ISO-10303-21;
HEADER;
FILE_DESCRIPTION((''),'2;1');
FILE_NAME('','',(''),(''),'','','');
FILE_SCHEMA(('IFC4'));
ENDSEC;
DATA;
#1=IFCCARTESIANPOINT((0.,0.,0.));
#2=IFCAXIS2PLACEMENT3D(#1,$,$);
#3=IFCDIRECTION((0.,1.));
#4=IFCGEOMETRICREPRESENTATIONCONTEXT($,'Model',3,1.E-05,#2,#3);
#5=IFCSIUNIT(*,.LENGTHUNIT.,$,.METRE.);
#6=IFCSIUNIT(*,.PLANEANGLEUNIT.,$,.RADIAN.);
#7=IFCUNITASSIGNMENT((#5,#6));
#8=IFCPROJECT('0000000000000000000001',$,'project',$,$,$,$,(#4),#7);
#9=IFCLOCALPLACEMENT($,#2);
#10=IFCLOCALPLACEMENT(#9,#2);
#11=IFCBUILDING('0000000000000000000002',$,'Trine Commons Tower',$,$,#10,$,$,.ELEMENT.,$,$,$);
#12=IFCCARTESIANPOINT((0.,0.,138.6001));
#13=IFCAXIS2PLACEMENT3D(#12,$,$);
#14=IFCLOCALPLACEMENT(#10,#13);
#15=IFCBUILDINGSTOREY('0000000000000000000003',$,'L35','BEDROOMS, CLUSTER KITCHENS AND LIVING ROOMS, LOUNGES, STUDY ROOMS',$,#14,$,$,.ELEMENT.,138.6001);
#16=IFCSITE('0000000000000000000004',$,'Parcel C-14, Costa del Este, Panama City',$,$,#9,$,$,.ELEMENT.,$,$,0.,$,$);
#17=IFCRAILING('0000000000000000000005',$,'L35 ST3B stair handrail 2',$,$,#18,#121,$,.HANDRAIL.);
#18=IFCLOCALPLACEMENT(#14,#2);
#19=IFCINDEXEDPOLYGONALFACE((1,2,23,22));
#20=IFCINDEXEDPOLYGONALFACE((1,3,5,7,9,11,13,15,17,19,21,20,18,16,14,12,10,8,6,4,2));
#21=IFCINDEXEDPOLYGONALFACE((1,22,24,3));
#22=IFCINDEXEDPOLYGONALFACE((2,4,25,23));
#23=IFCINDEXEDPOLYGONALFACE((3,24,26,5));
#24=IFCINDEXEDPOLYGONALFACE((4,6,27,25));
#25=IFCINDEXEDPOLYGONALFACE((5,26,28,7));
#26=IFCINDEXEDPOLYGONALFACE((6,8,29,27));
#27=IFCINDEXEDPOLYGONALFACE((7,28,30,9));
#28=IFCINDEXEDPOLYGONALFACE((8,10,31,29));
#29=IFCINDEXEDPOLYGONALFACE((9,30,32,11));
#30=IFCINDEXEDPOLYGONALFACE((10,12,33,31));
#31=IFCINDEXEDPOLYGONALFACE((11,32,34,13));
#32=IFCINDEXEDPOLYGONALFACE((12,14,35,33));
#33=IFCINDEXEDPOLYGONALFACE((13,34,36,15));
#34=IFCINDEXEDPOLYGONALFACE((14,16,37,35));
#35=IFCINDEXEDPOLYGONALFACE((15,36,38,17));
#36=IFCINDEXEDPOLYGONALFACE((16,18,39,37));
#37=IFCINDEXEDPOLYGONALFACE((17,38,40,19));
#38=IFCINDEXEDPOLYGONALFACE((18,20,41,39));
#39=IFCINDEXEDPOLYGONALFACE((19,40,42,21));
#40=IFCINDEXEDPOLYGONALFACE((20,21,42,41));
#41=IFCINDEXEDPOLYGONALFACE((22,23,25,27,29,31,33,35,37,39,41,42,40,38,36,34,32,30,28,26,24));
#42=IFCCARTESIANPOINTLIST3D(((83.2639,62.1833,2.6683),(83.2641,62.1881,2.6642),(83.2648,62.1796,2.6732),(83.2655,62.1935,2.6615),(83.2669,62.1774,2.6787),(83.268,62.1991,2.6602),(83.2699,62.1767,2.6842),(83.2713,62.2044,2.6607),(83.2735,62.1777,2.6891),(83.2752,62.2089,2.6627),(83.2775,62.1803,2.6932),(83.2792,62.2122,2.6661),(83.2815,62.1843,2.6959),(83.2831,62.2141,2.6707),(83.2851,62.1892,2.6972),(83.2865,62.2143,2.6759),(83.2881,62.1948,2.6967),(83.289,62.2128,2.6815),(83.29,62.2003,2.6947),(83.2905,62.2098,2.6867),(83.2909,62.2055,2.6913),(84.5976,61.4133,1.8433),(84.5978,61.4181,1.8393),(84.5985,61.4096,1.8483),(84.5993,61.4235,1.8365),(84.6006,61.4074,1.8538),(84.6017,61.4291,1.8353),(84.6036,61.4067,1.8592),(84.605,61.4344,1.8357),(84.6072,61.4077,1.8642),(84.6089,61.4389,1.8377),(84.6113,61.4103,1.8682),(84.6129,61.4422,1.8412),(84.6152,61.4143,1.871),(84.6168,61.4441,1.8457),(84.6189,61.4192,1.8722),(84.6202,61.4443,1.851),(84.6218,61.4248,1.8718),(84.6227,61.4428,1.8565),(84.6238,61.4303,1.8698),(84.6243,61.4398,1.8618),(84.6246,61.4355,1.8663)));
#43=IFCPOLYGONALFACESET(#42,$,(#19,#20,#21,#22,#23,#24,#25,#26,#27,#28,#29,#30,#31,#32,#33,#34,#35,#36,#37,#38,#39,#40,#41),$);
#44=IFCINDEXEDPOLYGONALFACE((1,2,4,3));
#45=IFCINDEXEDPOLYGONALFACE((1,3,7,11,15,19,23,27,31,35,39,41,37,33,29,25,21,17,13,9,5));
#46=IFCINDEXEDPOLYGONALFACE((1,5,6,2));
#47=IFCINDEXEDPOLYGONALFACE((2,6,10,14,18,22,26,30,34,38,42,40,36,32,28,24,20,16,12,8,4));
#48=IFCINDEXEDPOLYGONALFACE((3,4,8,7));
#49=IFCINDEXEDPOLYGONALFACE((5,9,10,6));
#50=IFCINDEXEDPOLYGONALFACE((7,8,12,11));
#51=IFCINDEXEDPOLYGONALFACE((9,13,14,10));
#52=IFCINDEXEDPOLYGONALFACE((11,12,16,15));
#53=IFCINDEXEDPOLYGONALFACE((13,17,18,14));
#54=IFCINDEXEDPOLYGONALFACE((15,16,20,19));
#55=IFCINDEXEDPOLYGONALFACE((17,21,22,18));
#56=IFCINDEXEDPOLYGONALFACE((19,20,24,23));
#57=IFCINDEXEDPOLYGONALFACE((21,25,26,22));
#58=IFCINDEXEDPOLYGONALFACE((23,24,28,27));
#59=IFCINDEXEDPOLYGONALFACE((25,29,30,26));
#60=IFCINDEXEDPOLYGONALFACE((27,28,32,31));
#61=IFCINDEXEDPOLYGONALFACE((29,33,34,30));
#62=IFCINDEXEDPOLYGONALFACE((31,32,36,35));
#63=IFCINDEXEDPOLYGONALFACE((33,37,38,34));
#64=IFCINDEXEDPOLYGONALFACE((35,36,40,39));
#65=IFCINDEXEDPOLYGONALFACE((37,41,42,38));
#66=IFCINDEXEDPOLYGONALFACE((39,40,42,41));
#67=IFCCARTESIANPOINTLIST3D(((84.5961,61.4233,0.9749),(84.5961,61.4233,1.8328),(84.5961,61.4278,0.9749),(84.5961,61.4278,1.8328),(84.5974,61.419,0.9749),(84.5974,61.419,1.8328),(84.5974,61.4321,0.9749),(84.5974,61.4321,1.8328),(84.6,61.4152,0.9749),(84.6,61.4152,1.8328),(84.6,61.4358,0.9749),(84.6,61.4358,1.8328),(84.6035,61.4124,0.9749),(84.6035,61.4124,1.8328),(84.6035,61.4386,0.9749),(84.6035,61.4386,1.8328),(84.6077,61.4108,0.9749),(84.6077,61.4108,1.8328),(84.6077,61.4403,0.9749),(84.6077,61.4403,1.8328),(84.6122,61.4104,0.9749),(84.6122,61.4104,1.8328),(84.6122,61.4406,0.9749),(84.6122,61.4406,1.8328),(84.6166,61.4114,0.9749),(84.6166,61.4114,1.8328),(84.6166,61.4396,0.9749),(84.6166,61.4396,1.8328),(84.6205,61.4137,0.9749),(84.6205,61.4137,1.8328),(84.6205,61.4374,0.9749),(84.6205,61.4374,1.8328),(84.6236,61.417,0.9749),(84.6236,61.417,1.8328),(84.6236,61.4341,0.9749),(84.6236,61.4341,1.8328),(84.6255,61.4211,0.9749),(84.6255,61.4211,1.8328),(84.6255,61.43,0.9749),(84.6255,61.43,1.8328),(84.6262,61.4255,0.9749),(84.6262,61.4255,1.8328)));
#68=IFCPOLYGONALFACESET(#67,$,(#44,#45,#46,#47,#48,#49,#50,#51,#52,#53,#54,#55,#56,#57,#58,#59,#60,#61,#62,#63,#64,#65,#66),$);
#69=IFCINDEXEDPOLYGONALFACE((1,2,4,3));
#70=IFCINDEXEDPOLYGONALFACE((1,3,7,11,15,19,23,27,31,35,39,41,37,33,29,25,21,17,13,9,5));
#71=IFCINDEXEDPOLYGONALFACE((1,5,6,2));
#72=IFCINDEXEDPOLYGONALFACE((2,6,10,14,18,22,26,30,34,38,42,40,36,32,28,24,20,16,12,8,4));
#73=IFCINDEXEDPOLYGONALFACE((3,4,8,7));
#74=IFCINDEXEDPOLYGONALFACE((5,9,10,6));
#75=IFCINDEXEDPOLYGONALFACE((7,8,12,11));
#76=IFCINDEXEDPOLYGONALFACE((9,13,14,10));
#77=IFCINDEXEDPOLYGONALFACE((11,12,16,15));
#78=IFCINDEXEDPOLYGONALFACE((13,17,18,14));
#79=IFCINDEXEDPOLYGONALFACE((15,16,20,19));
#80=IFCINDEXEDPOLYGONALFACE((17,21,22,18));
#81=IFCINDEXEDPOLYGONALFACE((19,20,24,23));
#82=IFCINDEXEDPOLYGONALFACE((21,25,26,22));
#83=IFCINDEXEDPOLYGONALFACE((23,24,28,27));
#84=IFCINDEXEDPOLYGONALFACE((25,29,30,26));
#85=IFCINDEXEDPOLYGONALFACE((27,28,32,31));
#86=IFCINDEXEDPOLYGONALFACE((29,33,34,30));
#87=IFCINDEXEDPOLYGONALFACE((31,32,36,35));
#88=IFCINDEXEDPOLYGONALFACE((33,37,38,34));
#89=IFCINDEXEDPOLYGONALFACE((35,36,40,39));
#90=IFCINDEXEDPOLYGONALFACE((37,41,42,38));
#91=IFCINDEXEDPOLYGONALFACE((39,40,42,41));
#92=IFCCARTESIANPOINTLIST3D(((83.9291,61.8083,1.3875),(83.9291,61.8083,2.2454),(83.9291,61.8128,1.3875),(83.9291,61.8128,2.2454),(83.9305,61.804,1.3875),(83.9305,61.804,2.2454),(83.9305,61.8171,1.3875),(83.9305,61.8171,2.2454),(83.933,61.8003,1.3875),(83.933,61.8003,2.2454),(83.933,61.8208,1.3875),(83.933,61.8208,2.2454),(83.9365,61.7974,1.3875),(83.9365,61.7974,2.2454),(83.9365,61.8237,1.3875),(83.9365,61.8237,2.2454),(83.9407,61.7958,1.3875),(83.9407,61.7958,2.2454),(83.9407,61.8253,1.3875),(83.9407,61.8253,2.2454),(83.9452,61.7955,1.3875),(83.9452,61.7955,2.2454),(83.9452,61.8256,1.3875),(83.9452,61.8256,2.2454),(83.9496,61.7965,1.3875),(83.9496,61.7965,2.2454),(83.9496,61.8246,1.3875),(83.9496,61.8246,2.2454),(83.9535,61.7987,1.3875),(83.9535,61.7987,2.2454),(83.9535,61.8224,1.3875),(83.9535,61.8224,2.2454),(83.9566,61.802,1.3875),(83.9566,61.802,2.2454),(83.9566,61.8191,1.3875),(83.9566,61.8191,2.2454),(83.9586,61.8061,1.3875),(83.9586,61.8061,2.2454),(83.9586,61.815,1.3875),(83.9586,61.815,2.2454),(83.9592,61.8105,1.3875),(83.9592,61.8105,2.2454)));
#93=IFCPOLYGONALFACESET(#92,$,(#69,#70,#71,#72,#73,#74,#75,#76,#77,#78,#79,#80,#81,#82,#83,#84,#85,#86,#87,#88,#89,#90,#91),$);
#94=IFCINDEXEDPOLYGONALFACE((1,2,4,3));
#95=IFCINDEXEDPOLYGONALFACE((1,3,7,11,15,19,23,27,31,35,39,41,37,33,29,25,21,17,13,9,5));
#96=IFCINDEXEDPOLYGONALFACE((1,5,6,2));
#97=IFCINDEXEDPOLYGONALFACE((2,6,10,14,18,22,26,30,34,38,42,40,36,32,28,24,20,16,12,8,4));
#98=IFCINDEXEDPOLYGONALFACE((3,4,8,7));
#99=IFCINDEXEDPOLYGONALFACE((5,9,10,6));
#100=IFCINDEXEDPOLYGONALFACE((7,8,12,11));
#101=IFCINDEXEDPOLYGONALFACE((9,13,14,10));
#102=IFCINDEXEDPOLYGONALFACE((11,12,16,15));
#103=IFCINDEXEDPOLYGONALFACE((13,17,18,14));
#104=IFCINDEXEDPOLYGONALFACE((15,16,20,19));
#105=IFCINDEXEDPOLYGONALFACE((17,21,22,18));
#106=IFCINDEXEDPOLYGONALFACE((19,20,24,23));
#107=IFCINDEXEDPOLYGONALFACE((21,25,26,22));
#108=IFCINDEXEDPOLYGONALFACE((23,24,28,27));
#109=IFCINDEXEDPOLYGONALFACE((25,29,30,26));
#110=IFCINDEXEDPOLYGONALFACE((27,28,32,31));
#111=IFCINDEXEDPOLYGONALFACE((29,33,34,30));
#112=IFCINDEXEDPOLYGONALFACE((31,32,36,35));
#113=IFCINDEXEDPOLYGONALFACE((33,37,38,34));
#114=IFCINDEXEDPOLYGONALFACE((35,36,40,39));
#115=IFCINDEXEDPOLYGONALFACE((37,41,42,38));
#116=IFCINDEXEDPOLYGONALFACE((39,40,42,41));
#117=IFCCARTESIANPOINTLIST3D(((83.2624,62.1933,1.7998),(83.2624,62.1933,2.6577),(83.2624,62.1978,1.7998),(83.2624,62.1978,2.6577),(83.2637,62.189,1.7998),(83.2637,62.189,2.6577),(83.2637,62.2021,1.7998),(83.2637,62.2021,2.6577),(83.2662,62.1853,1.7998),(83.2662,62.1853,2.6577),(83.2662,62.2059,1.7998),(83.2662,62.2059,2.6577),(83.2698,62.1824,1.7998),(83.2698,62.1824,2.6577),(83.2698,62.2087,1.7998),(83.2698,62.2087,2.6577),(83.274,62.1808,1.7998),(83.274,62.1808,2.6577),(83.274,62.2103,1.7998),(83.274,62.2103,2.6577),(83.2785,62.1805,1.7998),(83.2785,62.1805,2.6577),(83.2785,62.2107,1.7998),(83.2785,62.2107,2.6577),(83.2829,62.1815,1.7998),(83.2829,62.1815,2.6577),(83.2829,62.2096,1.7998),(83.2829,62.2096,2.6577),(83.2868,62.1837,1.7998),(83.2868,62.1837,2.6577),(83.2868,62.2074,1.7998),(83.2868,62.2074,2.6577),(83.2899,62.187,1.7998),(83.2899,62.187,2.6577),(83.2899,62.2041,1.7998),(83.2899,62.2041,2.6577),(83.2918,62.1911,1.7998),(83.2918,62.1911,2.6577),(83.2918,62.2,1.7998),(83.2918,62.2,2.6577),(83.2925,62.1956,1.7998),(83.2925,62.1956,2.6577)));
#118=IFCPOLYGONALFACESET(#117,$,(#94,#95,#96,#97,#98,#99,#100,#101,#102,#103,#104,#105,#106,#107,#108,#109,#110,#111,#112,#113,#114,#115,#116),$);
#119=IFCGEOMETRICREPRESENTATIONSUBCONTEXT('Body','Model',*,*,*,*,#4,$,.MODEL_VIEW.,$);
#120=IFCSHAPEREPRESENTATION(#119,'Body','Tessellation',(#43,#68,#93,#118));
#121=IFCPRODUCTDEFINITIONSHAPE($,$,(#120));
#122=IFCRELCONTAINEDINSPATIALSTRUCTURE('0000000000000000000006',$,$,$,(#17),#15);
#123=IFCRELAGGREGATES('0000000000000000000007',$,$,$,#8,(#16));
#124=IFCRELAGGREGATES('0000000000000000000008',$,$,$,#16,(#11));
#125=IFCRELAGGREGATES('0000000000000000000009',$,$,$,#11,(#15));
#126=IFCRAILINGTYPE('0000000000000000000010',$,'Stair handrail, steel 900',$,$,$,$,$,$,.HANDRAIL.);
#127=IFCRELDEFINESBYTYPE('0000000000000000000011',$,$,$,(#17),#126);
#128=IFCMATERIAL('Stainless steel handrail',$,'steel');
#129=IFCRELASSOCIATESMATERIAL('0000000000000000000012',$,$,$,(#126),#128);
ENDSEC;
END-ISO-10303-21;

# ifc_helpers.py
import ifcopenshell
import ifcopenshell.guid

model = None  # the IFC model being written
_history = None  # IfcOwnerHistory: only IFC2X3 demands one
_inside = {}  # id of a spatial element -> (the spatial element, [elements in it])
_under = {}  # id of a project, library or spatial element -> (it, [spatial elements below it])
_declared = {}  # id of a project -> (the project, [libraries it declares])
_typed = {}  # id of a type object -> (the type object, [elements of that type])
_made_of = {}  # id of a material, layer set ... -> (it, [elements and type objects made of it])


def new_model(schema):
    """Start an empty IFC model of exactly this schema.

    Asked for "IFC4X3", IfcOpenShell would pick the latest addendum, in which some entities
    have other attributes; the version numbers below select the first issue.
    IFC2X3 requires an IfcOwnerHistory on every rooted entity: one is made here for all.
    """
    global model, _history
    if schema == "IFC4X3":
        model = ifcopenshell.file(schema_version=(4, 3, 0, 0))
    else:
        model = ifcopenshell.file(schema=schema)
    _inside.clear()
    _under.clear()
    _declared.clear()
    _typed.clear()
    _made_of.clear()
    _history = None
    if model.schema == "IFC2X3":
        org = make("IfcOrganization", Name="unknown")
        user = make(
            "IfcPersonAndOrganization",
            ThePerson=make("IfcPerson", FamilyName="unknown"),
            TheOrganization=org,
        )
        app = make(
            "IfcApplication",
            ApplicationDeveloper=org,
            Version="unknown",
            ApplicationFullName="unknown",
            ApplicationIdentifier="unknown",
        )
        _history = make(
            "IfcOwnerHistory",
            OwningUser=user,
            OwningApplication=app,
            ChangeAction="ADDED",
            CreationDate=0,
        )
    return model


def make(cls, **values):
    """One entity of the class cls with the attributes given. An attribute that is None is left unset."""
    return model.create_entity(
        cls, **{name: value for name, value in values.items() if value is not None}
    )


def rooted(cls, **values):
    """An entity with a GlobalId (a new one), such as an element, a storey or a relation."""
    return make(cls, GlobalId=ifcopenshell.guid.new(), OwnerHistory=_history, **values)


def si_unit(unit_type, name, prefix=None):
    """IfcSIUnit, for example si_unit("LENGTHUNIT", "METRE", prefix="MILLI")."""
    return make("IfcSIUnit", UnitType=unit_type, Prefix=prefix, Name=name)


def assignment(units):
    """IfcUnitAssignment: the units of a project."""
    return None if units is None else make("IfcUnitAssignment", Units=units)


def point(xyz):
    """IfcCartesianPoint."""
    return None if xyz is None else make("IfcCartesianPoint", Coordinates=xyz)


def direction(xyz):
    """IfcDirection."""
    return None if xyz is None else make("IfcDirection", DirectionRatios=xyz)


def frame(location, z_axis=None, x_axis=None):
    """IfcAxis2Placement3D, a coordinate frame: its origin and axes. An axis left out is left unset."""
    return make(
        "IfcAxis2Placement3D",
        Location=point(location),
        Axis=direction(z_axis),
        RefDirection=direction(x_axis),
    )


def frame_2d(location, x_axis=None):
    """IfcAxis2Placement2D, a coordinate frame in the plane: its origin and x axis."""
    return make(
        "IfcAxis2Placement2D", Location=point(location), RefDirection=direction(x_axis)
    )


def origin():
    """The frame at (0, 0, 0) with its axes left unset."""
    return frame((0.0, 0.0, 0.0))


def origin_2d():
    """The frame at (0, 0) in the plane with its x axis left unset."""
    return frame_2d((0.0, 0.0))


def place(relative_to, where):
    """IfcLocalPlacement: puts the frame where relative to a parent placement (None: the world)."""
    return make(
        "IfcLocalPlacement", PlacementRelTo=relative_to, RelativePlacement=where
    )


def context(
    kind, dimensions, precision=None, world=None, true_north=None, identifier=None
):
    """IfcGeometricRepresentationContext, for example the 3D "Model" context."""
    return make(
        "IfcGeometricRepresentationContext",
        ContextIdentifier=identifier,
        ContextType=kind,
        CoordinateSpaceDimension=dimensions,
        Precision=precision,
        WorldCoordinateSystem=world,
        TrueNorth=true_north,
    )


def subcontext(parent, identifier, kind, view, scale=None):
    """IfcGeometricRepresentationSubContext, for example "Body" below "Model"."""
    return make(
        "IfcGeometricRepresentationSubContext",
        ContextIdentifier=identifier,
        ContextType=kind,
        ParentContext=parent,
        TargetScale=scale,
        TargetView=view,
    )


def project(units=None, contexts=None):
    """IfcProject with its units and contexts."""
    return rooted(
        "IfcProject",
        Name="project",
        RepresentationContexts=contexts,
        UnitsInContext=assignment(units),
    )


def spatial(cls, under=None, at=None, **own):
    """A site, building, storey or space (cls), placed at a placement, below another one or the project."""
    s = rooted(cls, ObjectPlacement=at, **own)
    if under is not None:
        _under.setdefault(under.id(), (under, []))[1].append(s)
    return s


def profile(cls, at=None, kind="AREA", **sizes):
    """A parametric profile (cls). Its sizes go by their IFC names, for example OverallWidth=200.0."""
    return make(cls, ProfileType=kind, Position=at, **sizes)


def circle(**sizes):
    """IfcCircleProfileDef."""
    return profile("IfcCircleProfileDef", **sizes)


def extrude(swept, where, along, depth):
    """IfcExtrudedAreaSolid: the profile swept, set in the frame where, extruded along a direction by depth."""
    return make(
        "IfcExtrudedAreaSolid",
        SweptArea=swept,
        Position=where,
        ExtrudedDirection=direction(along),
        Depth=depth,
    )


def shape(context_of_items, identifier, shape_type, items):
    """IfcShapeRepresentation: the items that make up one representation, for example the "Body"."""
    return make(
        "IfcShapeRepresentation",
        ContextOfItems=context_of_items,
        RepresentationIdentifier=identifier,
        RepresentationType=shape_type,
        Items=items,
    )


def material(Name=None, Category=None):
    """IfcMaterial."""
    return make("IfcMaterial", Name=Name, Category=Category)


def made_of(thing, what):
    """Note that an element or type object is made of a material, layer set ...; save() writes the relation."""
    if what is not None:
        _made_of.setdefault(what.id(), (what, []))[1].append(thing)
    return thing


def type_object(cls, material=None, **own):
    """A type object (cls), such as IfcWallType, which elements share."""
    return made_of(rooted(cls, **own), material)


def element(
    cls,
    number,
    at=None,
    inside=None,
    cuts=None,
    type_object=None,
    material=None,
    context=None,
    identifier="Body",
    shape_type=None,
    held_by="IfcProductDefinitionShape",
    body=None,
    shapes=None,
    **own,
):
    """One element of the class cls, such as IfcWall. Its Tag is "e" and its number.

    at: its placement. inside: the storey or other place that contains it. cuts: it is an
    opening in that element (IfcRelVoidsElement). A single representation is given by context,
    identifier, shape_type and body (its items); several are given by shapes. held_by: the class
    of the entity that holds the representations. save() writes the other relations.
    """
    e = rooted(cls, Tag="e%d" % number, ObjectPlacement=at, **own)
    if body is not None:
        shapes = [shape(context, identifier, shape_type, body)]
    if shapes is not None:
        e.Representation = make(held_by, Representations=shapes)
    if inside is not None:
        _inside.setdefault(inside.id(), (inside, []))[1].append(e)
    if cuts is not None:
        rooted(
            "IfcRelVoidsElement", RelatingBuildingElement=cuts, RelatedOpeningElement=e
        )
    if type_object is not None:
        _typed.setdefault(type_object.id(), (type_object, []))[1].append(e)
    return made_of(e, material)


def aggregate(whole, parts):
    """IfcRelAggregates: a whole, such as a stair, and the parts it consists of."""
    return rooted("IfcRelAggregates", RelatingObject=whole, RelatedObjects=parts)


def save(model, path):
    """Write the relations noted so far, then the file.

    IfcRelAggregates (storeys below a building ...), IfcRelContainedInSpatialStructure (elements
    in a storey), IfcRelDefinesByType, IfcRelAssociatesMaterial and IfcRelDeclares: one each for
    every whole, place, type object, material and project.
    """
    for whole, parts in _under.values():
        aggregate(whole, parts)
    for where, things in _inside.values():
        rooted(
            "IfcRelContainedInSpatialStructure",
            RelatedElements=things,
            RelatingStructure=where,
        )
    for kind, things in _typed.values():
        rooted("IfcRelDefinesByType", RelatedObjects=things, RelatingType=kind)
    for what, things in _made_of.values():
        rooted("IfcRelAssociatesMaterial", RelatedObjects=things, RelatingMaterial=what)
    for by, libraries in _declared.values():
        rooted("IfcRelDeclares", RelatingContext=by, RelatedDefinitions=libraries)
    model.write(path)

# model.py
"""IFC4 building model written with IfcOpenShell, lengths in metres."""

from ifc_helpers import new_model, si_unit, direction, frame, origin, origin_2d, place, context, subcontext, project, spatial, circle, extrude, material, type_object, element, save


model = new_model("IFC4")

# Units and contexts
model_context = context("Model", 3, precision=1e-05, world=origin(), true_north=direction((0.0, 1.0)))
body_context = subcontext(model_context, "Body", "Model", "MODEL_VIEW")
ifc_project = project(units=[si_unit("LENGTHUNIT", "METRE"), si_unit("PLANEANGLEUNIT", "RADIAN")], contexts=[model_context])

# Site, building, storey
site_placement = place(None, origin())
site = spatial("IfcSite", under=ifc_project, at=site_placement, Name="Parcel C-14, Costa del Este, Panama City", CompositionType="ELEMENT", RefElevation=0.0)
building_placement = place(site_placement, origin())
building = spatial("IfcBuilding", under=site, at=building_placement, Name="Trine Commons Tower", CompositionType="ELEMENT")
storey_placement = place(building_placement, frame((0.0, 0.0, 138.6001)))
storey = spatial("IfcBuildingStorey", under=building, at=storey_placement, Name="L35", Description="BEDROOMS, CLUSTER KITCHENS AND LIVING ROOMS, LOUNGES, STUDY ROOMS", CompositionType="ELEMENT", Elevation=138.6001)

# Railing
ifc_material_1 = material(Name="Stainless steel handrail", Category="steel")
railing_type_1 = type_object("IfcRailingType", Name="Stair handrail, steel 900", PredefinedType="HANDRAIL", material=ifc_material_1)
for number, where, name in (
    (1, (84.6111, 61.4255, 0.9749), "L35 ST3B stair handrail 2"),
):
    element("IfcRailing", number, at=place(storey_placement, frame(where)), inside=storey, type_object=railing_type_1, Name=name, PredefinedType="HANDRAIL", context=body_context, shape_type="SweptSolid", body=[
        extrude(circle(Radius=0.021, at=origin_2d()), frame((0.0, 0.0, 0.8789), z_axis=(-0.763405, 0.440743, 0.472185), x_axis=(-0.499992, -0.86603, 0.0)), (0.0, 0.0, 1.0), 1.7471),
        extrude(circle(Radius=0.0151, at=origin_2d()), origin(), (0.0, 0.0, 1.0), 0.8579),
        extrude(circle(Radius=0.0151, at=origin_2d()), frame((-0.667, 0.385, 0.4126)), (0.0, 0.0, 1.0), 0.8579),
        extrude(circle(Radius=0.0151, at=origin_2d()), frame((-1.3337, 0.77, 0.825)), (0.0, 0.0, 1.0), 0.8579),
    ])

save(model, "model.ifc")
